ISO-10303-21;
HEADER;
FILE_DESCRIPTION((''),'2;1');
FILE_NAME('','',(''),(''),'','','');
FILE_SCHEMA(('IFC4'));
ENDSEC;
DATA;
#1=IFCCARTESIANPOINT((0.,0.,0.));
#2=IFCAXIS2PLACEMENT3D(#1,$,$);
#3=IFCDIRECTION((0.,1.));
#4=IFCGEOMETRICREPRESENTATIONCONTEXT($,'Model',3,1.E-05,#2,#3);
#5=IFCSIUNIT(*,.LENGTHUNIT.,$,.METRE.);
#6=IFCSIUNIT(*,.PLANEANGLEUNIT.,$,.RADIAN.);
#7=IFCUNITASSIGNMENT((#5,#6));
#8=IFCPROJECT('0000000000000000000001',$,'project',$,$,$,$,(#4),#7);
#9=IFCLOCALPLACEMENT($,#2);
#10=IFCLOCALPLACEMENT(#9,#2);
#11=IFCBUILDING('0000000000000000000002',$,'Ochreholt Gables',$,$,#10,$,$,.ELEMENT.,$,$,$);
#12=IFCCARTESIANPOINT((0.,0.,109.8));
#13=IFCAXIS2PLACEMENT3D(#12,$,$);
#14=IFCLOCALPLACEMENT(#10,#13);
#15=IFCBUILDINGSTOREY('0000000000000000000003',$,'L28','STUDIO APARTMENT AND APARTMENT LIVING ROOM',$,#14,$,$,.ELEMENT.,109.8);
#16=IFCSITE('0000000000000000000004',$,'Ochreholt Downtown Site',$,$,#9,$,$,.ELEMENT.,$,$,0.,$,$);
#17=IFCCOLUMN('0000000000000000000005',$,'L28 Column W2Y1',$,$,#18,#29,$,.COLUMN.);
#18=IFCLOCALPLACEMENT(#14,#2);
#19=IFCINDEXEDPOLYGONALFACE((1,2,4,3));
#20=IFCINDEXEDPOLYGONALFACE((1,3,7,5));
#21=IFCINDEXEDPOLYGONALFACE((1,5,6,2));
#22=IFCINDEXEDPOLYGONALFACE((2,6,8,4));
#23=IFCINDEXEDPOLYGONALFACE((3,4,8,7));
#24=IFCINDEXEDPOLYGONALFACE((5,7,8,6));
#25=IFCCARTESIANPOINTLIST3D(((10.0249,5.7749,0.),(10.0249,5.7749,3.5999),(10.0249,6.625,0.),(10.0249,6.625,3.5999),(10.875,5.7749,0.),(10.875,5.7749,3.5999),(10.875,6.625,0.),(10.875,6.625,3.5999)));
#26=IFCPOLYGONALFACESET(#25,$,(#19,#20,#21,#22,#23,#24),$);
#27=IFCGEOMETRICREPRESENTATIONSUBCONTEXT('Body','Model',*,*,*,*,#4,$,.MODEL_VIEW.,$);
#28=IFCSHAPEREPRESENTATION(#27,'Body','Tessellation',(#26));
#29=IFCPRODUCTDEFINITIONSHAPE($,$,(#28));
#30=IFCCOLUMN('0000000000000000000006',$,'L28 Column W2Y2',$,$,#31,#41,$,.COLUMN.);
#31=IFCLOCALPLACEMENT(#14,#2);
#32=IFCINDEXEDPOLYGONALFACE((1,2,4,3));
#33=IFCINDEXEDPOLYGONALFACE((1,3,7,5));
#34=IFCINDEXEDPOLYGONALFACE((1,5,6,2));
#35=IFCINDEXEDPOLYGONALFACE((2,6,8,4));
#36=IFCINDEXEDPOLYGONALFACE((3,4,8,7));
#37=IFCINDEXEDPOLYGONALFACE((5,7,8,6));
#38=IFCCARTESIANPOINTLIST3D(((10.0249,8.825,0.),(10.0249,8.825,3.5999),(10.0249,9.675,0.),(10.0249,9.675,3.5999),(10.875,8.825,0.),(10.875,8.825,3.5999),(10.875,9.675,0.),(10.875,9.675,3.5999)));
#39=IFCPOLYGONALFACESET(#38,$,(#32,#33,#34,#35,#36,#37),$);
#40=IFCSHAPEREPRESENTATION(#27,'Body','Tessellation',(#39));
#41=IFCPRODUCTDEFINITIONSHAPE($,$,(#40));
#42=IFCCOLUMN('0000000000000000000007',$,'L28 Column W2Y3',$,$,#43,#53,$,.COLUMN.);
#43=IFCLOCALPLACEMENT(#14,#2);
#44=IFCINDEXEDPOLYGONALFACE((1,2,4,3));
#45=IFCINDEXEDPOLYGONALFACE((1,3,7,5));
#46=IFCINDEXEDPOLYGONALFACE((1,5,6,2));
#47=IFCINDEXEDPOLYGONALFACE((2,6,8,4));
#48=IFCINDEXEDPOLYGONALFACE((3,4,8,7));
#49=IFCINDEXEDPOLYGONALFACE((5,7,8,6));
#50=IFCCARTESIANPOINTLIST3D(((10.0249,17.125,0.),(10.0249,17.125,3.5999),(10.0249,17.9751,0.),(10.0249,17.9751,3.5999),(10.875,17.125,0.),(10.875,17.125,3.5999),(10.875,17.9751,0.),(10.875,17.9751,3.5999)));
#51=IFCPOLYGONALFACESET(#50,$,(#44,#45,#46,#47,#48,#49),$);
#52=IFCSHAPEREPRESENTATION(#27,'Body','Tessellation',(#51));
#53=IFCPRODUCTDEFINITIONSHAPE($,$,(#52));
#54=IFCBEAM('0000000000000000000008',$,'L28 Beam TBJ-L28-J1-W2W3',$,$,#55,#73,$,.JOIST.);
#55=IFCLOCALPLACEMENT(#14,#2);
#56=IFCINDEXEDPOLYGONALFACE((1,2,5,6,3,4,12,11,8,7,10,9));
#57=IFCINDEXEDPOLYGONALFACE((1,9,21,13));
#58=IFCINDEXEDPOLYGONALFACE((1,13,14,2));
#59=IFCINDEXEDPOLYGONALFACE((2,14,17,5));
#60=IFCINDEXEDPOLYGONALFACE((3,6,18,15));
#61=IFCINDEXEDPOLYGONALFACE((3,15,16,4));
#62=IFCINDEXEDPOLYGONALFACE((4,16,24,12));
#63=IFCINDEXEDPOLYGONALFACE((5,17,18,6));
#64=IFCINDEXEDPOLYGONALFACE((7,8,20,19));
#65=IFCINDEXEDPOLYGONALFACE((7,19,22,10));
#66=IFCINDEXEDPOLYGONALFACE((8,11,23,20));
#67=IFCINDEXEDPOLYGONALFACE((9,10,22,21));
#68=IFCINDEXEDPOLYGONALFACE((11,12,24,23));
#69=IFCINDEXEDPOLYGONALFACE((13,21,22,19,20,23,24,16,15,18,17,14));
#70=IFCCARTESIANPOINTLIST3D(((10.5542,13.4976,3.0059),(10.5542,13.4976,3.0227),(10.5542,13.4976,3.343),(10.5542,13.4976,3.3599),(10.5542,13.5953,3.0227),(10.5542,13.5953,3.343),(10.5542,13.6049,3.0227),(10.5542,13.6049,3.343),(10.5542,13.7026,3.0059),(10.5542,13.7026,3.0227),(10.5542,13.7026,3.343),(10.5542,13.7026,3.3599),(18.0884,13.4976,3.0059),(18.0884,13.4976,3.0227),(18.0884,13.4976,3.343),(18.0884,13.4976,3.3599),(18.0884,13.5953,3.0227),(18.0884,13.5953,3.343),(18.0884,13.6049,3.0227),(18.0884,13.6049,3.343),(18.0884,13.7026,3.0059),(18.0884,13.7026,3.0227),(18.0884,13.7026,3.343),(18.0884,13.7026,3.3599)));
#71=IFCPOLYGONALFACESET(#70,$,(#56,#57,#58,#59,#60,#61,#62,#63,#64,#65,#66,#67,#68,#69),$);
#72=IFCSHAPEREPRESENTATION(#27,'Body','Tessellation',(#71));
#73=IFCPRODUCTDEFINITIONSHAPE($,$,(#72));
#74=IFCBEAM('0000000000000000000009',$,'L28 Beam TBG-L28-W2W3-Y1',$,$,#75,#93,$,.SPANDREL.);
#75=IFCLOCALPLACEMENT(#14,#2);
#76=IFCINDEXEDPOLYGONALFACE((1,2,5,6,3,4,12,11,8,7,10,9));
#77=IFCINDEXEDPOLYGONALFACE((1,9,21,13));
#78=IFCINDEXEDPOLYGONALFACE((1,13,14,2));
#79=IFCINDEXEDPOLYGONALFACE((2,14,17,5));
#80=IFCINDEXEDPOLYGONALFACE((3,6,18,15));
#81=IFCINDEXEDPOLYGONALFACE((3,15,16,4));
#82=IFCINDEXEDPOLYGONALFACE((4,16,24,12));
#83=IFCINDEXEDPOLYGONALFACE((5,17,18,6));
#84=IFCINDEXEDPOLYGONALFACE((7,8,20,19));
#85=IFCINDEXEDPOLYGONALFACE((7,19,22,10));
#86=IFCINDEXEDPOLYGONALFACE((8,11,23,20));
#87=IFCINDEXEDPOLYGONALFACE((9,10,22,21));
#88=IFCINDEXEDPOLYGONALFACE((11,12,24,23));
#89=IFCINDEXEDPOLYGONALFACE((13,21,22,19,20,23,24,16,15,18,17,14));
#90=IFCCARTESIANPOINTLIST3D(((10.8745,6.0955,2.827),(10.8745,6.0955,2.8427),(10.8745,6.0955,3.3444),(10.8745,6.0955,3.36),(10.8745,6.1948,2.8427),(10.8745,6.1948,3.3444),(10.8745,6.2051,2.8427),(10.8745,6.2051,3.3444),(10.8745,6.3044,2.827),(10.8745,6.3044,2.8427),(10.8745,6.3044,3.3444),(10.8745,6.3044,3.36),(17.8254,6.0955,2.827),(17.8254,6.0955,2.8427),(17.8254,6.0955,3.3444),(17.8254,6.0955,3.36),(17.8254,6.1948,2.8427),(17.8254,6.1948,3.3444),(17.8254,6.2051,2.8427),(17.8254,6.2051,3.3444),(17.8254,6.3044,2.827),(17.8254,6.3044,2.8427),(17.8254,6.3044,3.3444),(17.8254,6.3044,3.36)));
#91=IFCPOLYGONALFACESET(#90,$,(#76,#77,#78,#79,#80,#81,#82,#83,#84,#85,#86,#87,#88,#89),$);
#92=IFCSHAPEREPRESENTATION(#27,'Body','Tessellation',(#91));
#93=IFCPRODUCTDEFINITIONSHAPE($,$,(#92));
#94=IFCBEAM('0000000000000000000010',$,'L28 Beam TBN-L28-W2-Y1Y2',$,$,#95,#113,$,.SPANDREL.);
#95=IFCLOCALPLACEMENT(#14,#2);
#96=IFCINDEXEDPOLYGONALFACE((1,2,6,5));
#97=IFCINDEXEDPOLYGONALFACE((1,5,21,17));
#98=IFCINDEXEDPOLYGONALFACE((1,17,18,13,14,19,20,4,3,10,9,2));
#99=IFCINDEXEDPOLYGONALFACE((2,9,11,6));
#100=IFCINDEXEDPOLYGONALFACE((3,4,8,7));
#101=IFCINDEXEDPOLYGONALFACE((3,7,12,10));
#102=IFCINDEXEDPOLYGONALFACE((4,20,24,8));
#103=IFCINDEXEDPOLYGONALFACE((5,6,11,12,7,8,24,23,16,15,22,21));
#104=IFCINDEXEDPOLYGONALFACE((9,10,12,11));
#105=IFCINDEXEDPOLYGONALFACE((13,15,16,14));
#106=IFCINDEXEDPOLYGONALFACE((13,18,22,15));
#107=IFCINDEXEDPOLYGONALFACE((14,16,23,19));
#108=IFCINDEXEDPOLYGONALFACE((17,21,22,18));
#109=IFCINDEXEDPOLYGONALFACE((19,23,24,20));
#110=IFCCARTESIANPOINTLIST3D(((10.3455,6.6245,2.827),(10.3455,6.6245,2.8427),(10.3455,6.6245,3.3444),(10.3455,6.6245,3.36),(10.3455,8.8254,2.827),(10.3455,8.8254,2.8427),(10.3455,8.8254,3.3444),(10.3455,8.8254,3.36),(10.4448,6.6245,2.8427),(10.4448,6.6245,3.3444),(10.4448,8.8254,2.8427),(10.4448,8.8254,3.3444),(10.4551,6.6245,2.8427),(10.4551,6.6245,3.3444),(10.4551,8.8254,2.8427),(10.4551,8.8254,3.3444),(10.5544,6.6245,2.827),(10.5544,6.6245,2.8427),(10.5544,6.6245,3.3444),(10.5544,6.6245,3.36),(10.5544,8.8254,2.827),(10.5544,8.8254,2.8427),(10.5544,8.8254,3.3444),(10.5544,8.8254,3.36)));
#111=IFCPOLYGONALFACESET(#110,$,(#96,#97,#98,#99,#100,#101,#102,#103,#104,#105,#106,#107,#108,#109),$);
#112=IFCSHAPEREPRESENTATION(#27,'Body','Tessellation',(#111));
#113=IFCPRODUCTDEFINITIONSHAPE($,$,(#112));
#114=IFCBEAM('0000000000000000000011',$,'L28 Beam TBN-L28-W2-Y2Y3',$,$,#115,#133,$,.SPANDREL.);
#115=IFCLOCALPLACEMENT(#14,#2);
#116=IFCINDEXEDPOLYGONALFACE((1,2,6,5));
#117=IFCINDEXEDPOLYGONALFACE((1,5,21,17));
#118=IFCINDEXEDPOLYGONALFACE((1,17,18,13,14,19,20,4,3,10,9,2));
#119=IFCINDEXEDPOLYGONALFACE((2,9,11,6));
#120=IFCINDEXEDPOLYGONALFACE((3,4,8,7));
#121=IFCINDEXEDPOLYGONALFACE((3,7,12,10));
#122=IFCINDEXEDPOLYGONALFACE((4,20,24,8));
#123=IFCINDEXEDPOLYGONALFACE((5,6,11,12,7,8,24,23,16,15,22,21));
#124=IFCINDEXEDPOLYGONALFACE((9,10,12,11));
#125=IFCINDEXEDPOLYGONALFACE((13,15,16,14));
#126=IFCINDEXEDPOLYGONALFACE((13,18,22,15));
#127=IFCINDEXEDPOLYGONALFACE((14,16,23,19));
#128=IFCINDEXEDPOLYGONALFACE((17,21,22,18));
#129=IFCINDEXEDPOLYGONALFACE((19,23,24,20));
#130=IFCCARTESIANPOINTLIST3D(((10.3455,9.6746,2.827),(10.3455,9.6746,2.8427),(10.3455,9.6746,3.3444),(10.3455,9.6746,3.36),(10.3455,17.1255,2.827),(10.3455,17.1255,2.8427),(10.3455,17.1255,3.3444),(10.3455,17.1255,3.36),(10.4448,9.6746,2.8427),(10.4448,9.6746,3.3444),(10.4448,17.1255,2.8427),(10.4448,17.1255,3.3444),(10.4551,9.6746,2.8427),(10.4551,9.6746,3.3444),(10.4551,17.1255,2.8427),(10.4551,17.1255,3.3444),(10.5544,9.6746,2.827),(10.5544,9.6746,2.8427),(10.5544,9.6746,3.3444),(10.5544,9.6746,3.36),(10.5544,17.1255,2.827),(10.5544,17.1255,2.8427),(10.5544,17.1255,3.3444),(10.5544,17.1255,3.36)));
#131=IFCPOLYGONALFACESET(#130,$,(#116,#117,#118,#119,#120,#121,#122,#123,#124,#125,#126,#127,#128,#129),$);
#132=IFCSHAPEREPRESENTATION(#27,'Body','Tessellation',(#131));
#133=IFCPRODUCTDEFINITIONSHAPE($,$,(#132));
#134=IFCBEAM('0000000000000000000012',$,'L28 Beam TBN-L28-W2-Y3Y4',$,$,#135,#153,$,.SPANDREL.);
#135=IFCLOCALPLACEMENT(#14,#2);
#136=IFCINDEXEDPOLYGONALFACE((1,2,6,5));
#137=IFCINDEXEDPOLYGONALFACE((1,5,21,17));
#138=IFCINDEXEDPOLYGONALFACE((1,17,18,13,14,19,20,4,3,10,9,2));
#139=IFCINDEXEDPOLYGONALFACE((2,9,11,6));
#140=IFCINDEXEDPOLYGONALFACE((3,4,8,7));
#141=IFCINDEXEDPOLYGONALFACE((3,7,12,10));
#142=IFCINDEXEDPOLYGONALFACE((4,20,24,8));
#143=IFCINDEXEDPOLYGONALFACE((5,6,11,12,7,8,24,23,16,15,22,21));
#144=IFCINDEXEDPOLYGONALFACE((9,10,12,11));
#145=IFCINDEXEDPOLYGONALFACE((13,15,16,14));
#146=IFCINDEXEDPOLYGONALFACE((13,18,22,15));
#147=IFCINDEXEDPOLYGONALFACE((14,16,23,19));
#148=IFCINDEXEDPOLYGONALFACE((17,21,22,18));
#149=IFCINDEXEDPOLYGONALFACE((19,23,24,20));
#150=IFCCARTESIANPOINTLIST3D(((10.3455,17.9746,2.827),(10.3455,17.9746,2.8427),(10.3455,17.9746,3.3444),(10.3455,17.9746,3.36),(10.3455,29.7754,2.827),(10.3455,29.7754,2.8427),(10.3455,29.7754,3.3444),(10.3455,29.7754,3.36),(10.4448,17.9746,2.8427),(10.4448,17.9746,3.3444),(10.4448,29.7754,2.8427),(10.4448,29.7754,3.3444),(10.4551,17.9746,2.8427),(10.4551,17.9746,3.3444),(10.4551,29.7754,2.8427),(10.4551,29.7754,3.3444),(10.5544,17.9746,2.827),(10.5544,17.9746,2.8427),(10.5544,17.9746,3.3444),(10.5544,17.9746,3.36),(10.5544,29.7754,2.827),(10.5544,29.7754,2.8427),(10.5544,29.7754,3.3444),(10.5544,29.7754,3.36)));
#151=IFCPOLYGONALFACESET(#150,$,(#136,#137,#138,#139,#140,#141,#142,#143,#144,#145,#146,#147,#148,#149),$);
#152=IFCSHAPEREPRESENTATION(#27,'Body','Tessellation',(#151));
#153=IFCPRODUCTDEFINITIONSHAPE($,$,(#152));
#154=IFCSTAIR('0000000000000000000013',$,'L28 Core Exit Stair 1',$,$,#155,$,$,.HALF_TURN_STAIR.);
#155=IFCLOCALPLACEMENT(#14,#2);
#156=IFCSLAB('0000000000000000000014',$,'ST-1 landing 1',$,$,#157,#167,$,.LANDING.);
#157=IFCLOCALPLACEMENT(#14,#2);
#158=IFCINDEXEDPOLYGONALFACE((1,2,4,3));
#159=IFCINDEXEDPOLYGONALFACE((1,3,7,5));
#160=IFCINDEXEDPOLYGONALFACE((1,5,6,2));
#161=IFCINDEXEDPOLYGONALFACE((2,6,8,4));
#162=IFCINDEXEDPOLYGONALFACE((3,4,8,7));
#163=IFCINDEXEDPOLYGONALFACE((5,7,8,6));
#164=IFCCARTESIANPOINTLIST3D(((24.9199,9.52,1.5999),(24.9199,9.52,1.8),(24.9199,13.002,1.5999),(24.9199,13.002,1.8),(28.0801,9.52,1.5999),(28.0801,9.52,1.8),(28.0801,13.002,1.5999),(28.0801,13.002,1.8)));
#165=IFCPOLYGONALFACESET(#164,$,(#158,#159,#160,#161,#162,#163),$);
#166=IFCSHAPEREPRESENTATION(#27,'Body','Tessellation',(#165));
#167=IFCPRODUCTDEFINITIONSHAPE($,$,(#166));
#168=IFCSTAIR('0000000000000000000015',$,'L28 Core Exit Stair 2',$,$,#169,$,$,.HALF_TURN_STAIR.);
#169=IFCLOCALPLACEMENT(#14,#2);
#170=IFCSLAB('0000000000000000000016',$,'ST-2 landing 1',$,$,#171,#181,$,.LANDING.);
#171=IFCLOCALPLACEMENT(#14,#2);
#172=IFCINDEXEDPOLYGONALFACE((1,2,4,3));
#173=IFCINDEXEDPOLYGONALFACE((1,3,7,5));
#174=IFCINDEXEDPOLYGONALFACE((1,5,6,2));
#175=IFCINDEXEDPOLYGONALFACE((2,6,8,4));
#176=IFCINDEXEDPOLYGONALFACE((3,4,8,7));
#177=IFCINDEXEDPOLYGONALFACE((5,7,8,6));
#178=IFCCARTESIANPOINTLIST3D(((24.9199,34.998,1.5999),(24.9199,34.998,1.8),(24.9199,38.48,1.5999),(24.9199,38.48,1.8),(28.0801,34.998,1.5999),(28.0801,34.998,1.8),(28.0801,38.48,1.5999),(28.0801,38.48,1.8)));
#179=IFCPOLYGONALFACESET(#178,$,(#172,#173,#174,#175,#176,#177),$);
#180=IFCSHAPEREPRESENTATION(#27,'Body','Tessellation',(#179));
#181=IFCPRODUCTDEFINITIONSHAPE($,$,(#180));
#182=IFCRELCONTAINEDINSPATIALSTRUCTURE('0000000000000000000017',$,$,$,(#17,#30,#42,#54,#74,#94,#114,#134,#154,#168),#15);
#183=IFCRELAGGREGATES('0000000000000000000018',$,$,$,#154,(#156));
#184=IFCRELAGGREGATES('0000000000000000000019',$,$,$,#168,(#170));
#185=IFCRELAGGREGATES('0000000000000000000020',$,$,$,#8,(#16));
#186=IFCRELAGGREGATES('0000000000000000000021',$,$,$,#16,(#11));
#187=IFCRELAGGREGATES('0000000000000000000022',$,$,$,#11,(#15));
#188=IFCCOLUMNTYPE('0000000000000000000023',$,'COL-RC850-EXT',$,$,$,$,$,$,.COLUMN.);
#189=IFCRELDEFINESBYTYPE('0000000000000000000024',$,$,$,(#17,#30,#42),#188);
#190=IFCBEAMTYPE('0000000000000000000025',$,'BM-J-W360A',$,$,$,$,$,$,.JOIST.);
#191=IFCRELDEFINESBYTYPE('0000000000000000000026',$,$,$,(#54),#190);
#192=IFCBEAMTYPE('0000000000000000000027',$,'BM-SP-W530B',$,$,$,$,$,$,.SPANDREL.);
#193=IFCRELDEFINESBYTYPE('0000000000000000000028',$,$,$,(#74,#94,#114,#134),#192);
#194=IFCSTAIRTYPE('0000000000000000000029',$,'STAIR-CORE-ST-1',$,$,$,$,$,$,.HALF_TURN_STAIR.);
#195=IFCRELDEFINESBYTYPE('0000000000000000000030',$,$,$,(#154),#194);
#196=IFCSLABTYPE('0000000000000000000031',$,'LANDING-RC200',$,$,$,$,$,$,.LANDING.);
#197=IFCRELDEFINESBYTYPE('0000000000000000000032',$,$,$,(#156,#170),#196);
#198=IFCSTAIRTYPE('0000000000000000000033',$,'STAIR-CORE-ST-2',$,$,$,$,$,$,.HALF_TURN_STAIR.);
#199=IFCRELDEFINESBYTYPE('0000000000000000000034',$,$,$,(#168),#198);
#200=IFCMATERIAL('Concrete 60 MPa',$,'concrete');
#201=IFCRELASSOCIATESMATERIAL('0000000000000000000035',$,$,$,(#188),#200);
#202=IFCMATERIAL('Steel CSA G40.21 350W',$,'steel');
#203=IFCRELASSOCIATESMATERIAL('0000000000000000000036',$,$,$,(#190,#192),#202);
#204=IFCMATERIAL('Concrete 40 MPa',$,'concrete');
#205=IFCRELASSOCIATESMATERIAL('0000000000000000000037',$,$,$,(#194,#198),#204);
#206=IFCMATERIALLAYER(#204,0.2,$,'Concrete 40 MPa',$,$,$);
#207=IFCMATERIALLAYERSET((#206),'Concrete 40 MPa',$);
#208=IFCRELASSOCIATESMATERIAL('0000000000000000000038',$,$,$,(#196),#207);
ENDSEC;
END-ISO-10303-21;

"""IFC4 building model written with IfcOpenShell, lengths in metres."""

from ifc_helpers import new_model, si_unit, direction, frame, origin, origin_2d, place, context, subcontext, project, spatial, polyline, rectangle, i_section, outline, extrude, material, layer, layer_set, material_profile, profile_set, type_object, element, aggregate, save


model = new_model("IFC4")

# Units and contexts
model_context = context("Model", 3, precision=1e-05, world=origin(), true_north=direction((0.0, 1.0)))
body_context = subcontext(model_context, "Body", "Model", "MODEL_VIEW")
ifc_project = project(units=[si_unit("LENGTHUNIT", "METRE"), si_unit("PLANEANGLEUNIT", "RADIAN")], contexts=[model_context])

# Site, building, storey
site_placement = place(None, origin())
site = spatial("IfcSite", under=ifc_project, at=site_placement, Name="Ochreholt Downtown Site", CompositionType="ELEMENT", RefElevation=0.0)
building_placement = place(site_placement, origin())
building = spatial("IfcBuilding", under=site, at=building_placement, Name="Ochreholt Gables", CompositionType="ELEMENT")
storey_placement = place(building_placement, frame((0.0, 0.0, 109.8)))
storey = spatial("IfcBuildingStorey", under=building, at=storey_placement, Name="L28", Description="STUDIO APARTMENT AND APARTMENT LIVING ROOM", CompositionType="ELEMENT", Elevation=109.8)

# Columns
ifc_material_1 = material(Name="Concrete 60 MPa", Category="concrete")
ifc_material_profile_1 = material_profile(ifc_material_1, rectangle(XDim=0.8501, YDim=0.8501, at=origin_2d()), Name="RC850X850")
ifc_profile_set_1 = profile_set([ifc_material_profile_1], Name="Concrete 60 MPa")
column_type = type_object("IfcColumnType", Name="COL-RC850-EXT", PredefinedType="COLUMN", material=ifc_profile_set_1)
for number, where, z_axis, x_axis, name in (
    (1, (10.45, 6.2, 0.0), (0.0, 0.0, 1.0), (1.0, 0.0, 0.0), "L28 Column W2Y1"),
    (2, (10.45, 9.25, 0.0), (0.0, 0.0, 1.0), (1.0, 0.0, 0.0), "L28 Column W2Y2"),
    (3, (10.45, 17.55, 0.0), (0.0, 0.0, 1.0), (1.0, 0.0, 0.0), "L28 Column W2Y3"),
):
    element("IfcColumn", number, at=place(storey_placement, frame(where, z_axis=z_axis, x_axis=x_axis)), inside=storey, type_object=column_type, Name=name, PredefinedType="COLUMN", context=body_context, shape_type="SweptSolid", body=[
        extrude(rectangle(XDim=0.8501, YDim=0.8501, at=origin_2d()), origin(), (0.0, 0.0, 1.0), 3.5999),
    ])

# Beams
ifc_material_2 = material(Name="Steel CSA G40.21 350W", Category="steel")
ifc_material_profile_2 = material_profile(ifc_material_2, i_section(OverallWidth=0.2051, OverallDepth=0.354, WebThickness=0.0095, FlangeThickness=0.0168, at=origin_2d()), Name="W360X79")
ifc_profile_set_2 = profile_set([ifc_material_profile_2], Name="Steel CSA G40.21 350W")
beam_type_1 = type_object("IfcBeamType", Name="BM-J-W360A", PredefinedType="JOIST", material=ifc_profile_set_2)
beam_1_placement = place(storey_placement, frame((10.5542, 13.6001, 3.1829), z_axis=(1.0, 0.0, 0.0), x_axis=(0.0, 1.0, 0.0)))
element("IfcBeam", 4, at=beam_1_placement, inside=storey, type_object=beam_type_1, Name="L28 Beam TBJ-L28-J1-W2W3", PredefinedType="JOIST", context=body_context, shape_type="SweptSolid", body=[
    extrude(i_section(OverallWidth=0.2051, OverallDepth=0.354, WebThickness=0.0095, FlangeThickness=0.0168, at=origin_2d()), origin(), (0.0, 0.0, 1.0), 7.5342),
])
ifc_material_profile_3 = material_profile(ifc_material_2, i_section(OverallWidth=0.209, OverallDepth=0.533, WebThickness=0.0103, FlangeThickness=0.0156, at=origin_2d()), Name="W530X92")
ifc_profile_set_3 = profile_set([ifc_material_profile_3], Name="Steel CSA G40.21 350W")
beam_type_2 = type_object("IfcBeamType", Name="BM-SP-W530B", PredefinedType="SPANDREL", material=ifc_profile_set_3)
beam_2_placement = place(storey_placement, frame((10.8745, 6.2, 3.0935), z_axis=(1.0, 0.0, 0.0), x_axis=(0.0, 1.0, 0.0)))
element("IfcBeam", 5, at=beam_2_placement, inside=storey, type_object=beam_type_2, Name="L28 Beam TBG-L28-W2W3-Y1", PredefinedType="SPANDREL", context=body_context, shape_type="SweptSolid", body=[
    extrude(i_section(OverallWidth=0.209, OverallDepth=0.533, WebThickness=0.0103, FlangeThickness=0.0156, at=origin_2d()), origin(), (0.0, 0.0, 1.0), 6.9509),
])
beam_3_placement = place(storey_placement, frame((10.45, 6.6245, 3.0935), z_axis=(0.0, 1.0, 0.0), x_axis=(-1.0, 0.0, 0.0)))
element("IfcBeam", 6, at=beam_3_placement, inside=storey, type_object=beam_type_2, Name="L28 Beam TBN-L28-W2-Y1Y2", PredefinedType="SPANDREL", context=body_context, shape_type="SweptSolid", body=[
    extrude(i_section(OverallWidth=0.209, OverallDepth=0.533, WebThickness=0.0103, FlangeThickness=0.0156, at=origin_2d()), origin(), (0.0, 0.0, 1.0), 2.2009),
])
beam_4_placement = place(storey_placement, frame((10.45, 9.6746, 3.0935), z_axis=(0.0, 1.0, 0.0), x_axis=(-1.0, 0.0, 0.0)))
element("IfcBeam", 7, at=beam_4_placement, inside=storey, type_object=beam_type_2, Name="L28 Beam TBN-L28-W2-Y2Y3", PredefinedType="SPANDREL", context=body_context, shape_type="SweptSolid", body=[
    extrude(i_section(OverallWidth=0.209, OverallDepth=0.533, WebThickness=0.0103, FlangeThickness=0.0156, at=origin_2d()), origin(), (0.0, 0.0, 1.0), 7.4509),
])
beam_5_placement = place(storey_placement, frame((10.45, 17.9746, 3.0935), z_axis=(0.0, 1.0, 0.0), x_axis=(-1.0, 0.0, 0.0)))
element("IfcBeam", 8, at=beam_5_placement, inside=storey, type_object=beam_type_2, Name="L28 Beam TBN-L28-W2-Y3Y4", PredefinedType="SPANDREL", context=body_context, shape_type="SweptSolid", body=[
    extrude(i_section(OverallWidth=0.209, OverallDepth=0.533, WebThickness=0.0103, FlangeThickness=0.0156, at=origin_2d()), origin(), (0.0, 0.0, 1.0), 11.8008),
])

# Stairs, slabs
ifc_material_3 = material(Name="Concrete 40 MPa", Category="concrete")
stair_type_1 = type_object("IfcStairType", Name="STAIR-CORE-ST-1", PredefinedType="HALF_TURN_STAIR", material=ifc_material_3)
stair_1_placement = place(storey_placement, origin())
stair_1 = element("IfcStair", 9, at=stair_1_placement, inside=storey, type_object=stair_type_1, Name="L28 Core Exit Stair 1", PredefinedType="HALF_TURN_STAIR")
ifc_layer_1 = layer(ifc_material_3, 0.2, Name="Concrete 40 MPa")
ifc_layer_set_1 = layer_set([ifc_layer_1], Name="Concrete 40 MPa")
slab_type_1 = type_object("IfcSlabType", Name="LANDING-RC200", PredefinedType="LANDING", material=ifc_layer_set_1)
slab_1_placement = place(storey_placement, frame((0.0, 0.0, 1.5999)))
slab_1 = element("IfcSlab", 10, at=slab_1_placement, type_object=slab_type_1, Name="ST-1 landing 1", PredefinedType="LANDING", context=body_context, shape_type="SweptSolid", body=[
    extrude(outline(polyline([(24.9199, 13.002), (24.9199, 9.52), (28.0801, 9.52), (28.0801, 13.002), (24.9199, 13.002)])), origin(), (0.0, 0.0, 1.0), 0.2002),
])
aggregate(stair_1, [slab_1])
stair_type_2 = type_object("IfcStairType", Name="STAIR-CORE-ST-2", PredefinedType="HALF_TURN_STAIR", material=ifc_material_3)
stair_2_placement = place(storey_placement, origin())
stair_2 = element("IfcStair", 11, at=stair_2_placement, inside=storey, type_object=stair_type_2, Name="L28 Core Exit Stair 2", PredefinedType="HALF_TURN_STAIR")
slab_2_placement = place(storey_placement, frame((0.0, 0.0, 1.5999)))
slab_2 = element("IfcSlab", 12, at=slab_2_placement, type_object=slab_type_1, Name="ST-2 landing 1", PredefinedType="LANDING", context=body_context, shape_type="SweptSolid", body=[
    extrude(outline(polyline([(28.0801, 34.998), (28.0801, 38.48), (24.9199, 38.48), (24.9199, 34.998), (28.0801, 34.998)])), origin(), (0.0, 0.0, 1.0), 0.2002),
])
aggregate(stair_2, [slab_2])

save(model, "model.ifc")
